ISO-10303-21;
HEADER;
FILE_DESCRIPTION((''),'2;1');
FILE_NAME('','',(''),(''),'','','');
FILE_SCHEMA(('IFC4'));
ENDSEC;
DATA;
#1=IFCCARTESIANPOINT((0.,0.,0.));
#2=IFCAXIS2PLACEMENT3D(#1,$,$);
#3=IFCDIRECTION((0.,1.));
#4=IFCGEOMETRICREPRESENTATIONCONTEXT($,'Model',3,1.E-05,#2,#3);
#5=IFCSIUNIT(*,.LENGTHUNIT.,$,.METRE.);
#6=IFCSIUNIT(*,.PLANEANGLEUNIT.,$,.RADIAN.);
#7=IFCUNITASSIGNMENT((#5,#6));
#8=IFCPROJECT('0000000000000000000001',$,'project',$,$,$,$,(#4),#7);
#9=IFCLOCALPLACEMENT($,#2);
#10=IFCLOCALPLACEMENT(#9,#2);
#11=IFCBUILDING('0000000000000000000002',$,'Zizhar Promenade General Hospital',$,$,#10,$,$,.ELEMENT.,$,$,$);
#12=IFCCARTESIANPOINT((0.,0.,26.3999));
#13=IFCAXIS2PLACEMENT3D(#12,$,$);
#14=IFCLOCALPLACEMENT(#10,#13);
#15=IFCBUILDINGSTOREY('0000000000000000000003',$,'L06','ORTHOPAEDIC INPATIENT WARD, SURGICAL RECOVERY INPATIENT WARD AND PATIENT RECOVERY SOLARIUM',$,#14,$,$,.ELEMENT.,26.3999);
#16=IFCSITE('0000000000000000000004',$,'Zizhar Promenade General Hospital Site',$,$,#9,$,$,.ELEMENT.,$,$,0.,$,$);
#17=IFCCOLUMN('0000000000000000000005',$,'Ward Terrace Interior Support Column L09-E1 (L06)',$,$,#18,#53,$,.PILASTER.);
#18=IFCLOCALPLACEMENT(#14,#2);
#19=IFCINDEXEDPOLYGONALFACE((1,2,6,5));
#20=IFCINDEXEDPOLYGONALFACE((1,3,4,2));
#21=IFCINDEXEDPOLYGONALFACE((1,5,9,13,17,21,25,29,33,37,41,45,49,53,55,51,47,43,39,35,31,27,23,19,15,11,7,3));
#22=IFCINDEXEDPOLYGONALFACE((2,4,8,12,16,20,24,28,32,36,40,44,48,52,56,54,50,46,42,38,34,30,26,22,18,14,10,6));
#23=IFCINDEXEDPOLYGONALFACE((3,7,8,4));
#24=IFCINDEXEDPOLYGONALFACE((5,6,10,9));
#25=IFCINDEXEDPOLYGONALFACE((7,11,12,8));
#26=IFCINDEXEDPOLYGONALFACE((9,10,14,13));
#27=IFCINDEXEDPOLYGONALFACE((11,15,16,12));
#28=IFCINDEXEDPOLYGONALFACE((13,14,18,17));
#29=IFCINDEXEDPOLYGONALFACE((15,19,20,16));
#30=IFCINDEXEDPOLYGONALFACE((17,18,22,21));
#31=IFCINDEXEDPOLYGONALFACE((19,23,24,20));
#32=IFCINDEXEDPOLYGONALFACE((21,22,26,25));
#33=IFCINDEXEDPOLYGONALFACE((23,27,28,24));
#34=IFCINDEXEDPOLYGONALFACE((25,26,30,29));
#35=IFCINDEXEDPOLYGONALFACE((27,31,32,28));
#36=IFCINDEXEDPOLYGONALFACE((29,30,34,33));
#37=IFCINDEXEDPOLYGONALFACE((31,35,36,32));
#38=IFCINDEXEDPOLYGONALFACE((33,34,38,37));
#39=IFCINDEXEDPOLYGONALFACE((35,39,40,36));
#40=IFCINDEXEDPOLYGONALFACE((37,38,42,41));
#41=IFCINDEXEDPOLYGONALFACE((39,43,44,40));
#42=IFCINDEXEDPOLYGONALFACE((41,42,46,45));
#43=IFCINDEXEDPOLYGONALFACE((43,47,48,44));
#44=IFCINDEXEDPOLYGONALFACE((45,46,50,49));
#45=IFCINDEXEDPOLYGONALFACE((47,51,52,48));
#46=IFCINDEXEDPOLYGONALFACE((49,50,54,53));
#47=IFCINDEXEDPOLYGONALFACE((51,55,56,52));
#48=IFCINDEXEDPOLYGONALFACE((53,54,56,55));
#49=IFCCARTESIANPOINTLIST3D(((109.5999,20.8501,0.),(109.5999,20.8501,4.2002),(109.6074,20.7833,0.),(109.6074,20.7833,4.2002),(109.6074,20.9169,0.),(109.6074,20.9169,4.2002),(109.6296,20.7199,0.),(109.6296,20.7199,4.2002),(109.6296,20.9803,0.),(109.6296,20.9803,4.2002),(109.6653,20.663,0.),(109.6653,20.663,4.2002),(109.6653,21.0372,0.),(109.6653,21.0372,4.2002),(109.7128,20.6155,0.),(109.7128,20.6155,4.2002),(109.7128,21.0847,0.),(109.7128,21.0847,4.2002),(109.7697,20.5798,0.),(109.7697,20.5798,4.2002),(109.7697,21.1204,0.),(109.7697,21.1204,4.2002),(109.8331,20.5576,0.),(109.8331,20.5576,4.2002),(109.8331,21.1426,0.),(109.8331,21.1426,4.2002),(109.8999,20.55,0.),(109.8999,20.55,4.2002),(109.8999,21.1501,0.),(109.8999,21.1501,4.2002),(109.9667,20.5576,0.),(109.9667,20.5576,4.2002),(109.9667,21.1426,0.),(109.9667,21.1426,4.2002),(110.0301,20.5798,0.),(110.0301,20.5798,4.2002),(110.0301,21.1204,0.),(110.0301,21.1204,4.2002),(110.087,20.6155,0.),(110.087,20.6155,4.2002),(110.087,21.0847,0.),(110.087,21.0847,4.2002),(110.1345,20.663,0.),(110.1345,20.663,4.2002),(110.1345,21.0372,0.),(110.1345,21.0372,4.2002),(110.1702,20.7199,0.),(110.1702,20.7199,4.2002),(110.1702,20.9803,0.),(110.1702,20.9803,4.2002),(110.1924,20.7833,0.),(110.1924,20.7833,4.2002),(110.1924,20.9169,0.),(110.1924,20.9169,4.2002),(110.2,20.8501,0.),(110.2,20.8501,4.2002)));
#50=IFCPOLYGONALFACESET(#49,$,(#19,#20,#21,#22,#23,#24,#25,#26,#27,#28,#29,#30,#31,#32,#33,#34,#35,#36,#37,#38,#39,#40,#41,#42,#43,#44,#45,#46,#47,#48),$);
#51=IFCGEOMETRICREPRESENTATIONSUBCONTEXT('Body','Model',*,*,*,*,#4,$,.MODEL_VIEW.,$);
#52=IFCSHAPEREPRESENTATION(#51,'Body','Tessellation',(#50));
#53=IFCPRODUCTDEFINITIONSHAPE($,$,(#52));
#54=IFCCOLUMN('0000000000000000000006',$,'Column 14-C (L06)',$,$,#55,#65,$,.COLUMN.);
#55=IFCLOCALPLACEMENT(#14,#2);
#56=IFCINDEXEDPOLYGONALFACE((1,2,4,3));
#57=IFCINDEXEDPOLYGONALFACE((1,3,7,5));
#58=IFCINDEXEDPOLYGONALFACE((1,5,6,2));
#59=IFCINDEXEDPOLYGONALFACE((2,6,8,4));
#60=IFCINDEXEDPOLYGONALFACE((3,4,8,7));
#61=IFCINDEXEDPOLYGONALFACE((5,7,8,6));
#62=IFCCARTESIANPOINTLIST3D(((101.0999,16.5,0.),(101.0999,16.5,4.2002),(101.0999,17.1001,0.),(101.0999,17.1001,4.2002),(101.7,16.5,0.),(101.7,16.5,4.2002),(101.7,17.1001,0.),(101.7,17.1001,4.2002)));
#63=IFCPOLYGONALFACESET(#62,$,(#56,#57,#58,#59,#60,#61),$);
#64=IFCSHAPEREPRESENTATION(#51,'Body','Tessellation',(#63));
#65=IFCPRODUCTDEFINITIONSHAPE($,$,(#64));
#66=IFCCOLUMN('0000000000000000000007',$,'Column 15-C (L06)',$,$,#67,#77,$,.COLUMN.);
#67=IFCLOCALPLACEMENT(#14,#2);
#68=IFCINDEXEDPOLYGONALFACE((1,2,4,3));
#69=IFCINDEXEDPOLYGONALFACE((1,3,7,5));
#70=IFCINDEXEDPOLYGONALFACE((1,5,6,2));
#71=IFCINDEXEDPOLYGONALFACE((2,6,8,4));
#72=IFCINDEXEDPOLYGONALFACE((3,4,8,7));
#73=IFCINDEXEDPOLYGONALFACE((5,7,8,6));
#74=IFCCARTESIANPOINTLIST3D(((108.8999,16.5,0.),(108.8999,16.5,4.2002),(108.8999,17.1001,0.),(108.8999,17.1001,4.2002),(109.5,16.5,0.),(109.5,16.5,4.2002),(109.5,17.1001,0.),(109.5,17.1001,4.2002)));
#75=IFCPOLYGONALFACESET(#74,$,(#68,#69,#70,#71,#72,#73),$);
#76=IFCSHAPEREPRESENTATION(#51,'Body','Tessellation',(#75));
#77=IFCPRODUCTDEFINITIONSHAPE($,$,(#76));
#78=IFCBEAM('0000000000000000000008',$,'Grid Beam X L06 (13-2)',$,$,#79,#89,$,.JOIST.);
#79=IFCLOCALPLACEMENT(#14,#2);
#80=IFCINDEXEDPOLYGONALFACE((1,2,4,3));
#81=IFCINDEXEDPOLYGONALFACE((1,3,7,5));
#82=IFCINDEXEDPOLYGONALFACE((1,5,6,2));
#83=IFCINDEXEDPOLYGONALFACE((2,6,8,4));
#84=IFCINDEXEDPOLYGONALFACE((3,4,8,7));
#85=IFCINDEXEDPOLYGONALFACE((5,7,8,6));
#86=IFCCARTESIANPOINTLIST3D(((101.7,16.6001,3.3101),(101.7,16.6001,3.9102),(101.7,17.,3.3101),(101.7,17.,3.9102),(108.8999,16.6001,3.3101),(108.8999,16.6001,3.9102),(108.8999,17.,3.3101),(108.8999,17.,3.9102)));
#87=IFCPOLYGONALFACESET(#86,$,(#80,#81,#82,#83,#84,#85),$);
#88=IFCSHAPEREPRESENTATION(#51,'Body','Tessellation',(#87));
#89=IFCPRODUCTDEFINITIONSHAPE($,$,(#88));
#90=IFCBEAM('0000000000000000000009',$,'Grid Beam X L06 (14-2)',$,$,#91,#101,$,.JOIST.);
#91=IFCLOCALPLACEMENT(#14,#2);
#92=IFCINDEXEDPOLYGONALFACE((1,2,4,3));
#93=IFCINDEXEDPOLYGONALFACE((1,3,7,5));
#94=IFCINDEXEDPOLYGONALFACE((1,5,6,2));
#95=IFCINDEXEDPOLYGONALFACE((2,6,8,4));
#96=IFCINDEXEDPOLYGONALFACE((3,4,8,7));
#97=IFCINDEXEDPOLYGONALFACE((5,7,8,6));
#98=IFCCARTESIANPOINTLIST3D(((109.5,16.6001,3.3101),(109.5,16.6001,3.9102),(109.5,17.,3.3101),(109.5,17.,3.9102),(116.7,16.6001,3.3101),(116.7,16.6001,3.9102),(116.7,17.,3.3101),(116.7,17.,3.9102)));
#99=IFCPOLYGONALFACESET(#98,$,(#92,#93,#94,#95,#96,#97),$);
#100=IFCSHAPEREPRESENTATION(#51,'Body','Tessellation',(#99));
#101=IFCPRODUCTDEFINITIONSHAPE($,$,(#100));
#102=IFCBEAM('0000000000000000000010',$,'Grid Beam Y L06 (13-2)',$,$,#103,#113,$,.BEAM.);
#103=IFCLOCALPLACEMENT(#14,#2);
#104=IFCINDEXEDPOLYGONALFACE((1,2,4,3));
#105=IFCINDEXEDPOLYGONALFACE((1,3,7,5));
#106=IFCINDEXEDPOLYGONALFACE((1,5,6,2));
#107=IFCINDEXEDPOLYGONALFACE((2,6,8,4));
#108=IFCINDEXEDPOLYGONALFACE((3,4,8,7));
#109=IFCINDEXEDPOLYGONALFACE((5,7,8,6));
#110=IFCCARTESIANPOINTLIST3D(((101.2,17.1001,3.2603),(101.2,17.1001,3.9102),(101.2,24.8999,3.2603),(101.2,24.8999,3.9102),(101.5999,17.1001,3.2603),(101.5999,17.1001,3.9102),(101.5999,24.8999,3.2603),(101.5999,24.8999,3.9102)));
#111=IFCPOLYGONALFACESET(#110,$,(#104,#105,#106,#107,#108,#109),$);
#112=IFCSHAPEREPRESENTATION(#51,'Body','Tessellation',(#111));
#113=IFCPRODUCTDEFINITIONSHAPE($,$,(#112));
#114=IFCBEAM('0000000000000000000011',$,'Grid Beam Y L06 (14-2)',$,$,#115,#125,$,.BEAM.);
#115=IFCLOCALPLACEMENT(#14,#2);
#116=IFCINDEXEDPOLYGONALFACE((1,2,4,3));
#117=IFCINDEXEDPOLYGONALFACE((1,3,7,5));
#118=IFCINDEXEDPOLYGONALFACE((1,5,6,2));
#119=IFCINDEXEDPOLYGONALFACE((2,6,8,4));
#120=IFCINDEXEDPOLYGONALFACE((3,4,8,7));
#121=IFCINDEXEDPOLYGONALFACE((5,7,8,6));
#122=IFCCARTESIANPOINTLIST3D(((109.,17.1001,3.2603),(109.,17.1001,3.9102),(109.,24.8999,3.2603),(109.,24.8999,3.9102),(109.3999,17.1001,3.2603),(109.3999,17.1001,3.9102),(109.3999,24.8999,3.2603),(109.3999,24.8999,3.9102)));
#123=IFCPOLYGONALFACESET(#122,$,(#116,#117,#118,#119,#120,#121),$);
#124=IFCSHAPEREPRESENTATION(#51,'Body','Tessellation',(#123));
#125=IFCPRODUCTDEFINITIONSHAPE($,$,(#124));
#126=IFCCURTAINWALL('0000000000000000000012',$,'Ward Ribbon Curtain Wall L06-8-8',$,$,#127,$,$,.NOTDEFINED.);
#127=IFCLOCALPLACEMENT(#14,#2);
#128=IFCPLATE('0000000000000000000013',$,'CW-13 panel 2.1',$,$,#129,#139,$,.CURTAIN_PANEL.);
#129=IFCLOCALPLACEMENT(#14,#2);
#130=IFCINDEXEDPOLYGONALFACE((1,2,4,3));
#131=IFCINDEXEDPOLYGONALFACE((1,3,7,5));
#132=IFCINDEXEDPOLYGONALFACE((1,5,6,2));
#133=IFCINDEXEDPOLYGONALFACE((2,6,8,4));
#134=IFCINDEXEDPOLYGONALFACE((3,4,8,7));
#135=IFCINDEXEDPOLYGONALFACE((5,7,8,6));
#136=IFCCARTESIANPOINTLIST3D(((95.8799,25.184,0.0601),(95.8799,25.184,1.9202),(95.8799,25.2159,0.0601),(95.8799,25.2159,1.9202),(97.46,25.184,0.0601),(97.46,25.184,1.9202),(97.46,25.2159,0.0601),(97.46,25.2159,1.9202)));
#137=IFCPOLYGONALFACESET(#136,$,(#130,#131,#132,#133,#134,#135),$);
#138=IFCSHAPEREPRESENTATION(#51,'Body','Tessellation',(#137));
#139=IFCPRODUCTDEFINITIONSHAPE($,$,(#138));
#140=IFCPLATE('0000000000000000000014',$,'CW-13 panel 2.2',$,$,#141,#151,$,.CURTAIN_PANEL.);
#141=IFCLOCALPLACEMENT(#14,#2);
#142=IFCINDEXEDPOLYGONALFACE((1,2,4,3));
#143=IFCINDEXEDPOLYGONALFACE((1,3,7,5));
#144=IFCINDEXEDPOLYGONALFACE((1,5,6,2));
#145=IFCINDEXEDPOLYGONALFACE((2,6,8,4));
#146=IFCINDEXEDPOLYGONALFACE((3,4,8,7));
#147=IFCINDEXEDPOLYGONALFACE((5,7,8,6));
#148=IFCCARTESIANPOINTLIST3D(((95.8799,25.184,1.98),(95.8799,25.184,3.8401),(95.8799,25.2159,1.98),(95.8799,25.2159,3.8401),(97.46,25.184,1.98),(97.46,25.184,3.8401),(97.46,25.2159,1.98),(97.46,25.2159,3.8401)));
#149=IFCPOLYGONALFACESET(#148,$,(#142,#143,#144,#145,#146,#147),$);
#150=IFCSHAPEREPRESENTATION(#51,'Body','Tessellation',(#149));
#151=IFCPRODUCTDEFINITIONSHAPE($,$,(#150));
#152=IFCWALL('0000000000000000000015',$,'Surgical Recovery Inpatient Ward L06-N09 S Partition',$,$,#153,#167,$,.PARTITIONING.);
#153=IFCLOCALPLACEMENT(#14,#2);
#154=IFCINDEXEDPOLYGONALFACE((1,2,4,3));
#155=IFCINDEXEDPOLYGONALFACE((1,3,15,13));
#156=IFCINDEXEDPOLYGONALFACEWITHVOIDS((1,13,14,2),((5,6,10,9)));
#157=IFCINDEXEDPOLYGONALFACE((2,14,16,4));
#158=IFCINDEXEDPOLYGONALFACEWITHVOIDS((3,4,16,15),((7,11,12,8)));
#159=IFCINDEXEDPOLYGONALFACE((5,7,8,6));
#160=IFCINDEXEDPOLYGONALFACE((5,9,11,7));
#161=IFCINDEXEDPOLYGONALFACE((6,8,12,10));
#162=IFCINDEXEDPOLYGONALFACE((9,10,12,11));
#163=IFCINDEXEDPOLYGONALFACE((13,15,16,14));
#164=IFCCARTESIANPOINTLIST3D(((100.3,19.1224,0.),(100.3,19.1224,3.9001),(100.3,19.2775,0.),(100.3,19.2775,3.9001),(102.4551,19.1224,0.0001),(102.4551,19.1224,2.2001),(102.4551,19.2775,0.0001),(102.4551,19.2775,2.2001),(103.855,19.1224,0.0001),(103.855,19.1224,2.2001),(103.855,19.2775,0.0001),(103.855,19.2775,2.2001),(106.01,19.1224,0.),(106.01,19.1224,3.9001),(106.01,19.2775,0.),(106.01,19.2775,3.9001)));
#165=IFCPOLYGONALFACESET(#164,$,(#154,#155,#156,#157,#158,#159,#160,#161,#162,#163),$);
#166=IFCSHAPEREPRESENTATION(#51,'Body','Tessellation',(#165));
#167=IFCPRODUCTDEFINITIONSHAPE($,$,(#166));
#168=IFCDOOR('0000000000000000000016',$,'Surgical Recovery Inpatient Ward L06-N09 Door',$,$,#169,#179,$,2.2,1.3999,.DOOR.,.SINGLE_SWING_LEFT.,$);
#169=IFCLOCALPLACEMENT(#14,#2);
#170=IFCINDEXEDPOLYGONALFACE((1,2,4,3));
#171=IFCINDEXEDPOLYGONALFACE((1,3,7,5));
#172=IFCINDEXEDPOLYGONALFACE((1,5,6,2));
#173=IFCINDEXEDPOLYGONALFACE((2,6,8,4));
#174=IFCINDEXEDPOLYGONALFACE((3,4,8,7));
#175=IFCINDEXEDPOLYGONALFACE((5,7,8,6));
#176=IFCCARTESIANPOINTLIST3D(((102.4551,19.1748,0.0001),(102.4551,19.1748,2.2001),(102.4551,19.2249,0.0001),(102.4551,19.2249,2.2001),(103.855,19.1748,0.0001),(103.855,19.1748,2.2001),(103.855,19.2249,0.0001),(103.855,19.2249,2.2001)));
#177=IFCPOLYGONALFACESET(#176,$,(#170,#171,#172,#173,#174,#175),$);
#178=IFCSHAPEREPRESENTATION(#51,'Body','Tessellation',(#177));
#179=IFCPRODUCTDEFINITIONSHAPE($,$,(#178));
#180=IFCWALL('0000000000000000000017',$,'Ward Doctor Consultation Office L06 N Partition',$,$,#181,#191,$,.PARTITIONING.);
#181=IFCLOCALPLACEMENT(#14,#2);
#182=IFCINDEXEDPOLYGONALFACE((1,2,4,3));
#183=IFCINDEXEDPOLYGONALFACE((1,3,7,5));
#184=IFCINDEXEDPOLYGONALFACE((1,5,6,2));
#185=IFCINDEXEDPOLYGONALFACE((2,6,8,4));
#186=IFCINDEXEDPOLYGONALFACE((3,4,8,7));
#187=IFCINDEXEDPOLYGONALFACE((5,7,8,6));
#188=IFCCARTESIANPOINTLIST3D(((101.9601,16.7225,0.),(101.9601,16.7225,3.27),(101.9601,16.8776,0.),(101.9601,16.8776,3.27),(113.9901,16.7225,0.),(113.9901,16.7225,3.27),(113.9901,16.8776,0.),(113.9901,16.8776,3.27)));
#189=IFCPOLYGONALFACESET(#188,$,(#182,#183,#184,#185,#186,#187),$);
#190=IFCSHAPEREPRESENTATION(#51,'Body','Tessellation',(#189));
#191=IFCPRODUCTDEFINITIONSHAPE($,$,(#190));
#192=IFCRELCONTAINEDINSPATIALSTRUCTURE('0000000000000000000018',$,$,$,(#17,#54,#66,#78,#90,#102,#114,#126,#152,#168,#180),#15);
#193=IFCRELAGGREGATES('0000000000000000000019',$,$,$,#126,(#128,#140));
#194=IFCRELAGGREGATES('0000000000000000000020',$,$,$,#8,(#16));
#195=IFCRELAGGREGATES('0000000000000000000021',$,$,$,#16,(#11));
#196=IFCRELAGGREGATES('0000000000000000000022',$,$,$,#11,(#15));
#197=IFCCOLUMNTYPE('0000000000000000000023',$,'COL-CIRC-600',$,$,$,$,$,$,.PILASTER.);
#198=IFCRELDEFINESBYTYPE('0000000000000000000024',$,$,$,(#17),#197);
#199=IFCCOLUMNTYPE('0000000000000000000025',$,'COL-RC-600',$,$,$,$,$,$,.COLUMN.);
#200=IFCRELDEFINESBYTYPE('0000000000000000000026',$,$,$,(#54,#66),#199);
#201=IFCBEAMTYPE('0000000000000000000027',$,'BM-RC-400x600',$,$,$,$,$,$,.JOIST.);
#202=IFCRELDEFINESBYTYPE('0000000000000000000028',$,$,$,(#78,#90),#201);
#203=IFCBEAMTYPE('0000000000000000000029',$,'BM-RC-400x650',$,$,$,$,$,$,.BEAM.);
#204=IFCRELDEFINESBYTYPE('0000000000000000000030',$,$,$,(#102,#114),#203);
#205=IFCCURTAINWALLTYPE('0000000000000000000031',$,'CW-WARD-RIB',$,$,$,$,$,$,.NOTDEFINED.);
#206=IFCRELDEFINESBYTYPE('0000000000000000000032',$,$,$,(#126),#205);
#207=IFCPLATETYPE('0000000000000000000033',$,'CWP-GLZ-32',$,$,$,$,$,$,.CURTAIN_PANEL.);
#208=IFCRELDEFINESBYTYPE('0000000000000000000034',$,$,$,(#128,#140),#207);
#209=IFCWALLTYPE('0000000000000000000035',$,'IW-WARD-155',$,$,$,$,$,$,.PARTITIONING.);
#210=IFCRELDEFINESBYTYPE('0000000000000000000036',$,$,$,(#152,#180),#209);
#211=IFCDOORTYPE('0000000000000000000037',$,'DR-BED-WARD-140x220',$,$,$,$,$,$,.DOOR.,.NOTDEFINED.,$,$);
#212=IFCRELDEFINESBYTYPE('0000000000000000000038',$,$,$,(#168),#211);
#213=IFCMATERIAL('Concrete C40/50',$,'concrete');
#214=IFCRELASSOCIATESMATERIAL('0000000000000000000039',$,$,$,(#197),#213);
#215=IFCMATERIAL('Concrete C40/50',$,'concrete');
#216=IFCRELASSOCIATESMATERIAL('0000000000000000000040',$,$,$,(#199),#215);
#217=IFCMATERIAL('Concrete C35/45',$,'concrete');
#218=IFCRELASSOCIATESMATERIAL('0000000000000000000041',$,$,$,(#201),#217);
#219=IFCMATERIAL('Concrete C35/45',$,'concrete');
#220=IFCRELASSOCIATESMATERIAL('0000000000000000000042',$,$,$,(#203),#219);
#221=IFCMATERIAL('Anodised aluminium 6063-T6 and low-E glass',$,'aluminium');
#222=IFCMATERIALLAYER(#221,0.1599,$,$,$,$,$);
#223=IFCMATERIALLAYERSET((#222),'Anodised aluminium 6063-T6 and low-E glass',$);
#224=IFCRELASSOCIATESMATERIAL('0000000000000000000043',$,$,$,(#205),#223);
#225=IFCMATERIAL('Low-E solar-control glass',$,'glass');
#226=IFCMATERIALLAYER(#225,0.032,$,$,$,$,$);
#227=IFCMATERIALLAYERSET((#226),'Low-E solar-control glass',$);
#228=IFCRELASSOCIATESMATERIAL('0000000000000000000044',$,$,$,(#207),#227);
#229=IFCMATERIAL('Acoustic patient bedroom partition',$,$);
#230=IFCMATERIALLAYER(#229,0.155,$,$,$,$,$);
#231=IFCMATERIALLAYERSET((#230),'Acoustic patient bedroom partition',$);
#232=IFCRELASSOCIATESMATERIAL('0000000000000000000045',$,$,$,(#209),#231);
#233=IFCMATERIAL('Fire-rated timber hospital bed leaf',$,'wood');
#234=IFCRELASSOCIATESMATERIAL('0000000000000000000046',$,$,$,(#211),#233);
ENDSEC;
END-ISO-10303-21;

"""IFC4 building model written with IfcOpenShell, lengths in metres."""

from ifc_helpers import new_model, si_unit, direction, frame, frame_2d, origin, origin_2d, place, context, subcontext, project, spatial, rectangle, circle, extrude, material, layer, layer_set, material_profile, profile_set, type_object, element, fill, aggregate, save


model = new_model("IFC4")

# Units and contexts
model_context = context("Model", 3, precision=1e-05, world=origin(), true_north=direction((0.0, 1.0)))
body_context = subcontext(model_context, "Body", "Model", "MODEL_VIEW")
ifc_project = project(units=[si_unit("LENGTHUNIT", "METRE"), si_unit("PLANEANGLEUNIT", "RADIAN")], contexts=[model_context])

# Site, building, storey
site_placement = place(None, origin())
site = spatial("IfcSite", under=ifc_project, at=site_placement, Name="Zizhar Promenade General Hospital Site", CompositionType="ELEMENT", RefElevation=0.0)
building_placement = place(site_placement, origin())
building = spatial("IfcBuilding", under=site, at=building_placement, Name="Zizhar Promenade General Hospital", CompositionType="ELEMENT")
storey_placement = place(building_placement, frame((0.0, 0.0, 26.3999)))
storey = spatial("IfcBuildingStorey", under=building, at=storey_placement, Name="L06", Description="ORTHOPAEDIC INPATIENT WARD, SURGICAL RECOVERY INPATIENT WARD AND PATIENT RECOVERY SOLARIUM", CompositionType="ELEMENT", Elevation=26.3999)

# Columns
ifc_material_1 = material(Name="Concrete C40/50", Category="concrete")
ifc_material_profile_1 = material_profile(ifc_material_1, circle(Radius=0.3, at=origin_2d()))
ifc_profile_set_1 = profile_set([ifc_material_profile_1], Name="Concrete C40/50")
column_type_1 = type_object("IfcColumnType", Name="COL-CIRC-600", PredefinedType="PILASTER", material=ifc_profile_set_1)
column_placement = place(storey_placement, frame((109.8999, 20.8501, 0.0), z_axis=(0.0, 0.0, 1.0), x_axis=(1.0, 0.0, 0.0)))
element("IfcColumn", 1, at=column_placement, inside=storey, type_object=column_type_1, Name="Ward Terrace Interior Support Column L09-E1 (L06)", PredefinedType="PILASTER", context=body_context, shape_type="SweptSolid", body=[
    extrude(circle(Radius=0.3, at=origin_2d()), origin(), (0.0, 0.0, 1.0), 4.2002),
])
ifc_material_2 = material(Name="Concrete C40/50", Category="concrete")
ifc_material_profile_2 = material_profile(ifc_material_2, rectangle(XDim=0.6001, YDim=0.6001, at=origin_2d()))
ifc_profile_set_2 = profile_set([ifc_material_profile_2], Name="Concrete C40/50")
column_type_2 = type_object("IfcColumnType", Name="COL-RC-600", PredefinedType="COLUMN", material=ifc_profile_set_2)
for number, where, z_axis, x_axis, name in (
    (2, (101.3999, 16.8, 0.0), (0.0, 0.0, 1.0), (1.0, 0.0, 0.0), "Column 14-C (L06)"),
    (3, (109.2, 16.8, 0.0), (0.0, 0.0, 1.0), (1.0, 0.0, 0.0), "Column 15-C (L06)"),
):
    element("IfcColumn", number, at=place(storey_placement, frame(where, z_axis=z_axis, x_axis=x_axis)), inside=storey, type_object=column_type_2, Name=name, PredefinedType="COLUMN", context=body_context, shape_type="SweptSolid", body=[
        extrude(rectangle(XDim=0.6001, YDim=0.6001, at=origin_2d()), origin(), (0.0, 0.0, 1.0), 4.2002),
    ])

# Beams
ifc_material_3 = material(Name="Concrete C35/45", Category="concrete")
ifc_material_profile_3 = material_profile(ifc_material_3, rectangle(XDim=0.3999, YDim=0.6001, at=origin_2d()))
ifc_profile_set_3 = profile_set([ifc_material_profile_3], Name="Concrete C35/45")
beam_type_1 = type_object("IfcBeamType", Name="BM-RC-400x600", PredefinedType="JOIST", material=ifc_profile_set_3)
for number, where, z_axis, x_axis, name in (
    (4, (101.7, 16.8, 3.6101), (1.0, 0.0, 0.0), (0.0, 1.0, 0.0), "Grid Beam X L06 (13-2)"),
    (5, (109.5, 16.8, 3.6101), (1.0, 0.0, 0.0), (0.0, 1.0, 0.0), "Grid Beam X L06 (14-2)"),
):
    element("IfcBeam", number, at=place(storey_placement, frame(where, z_axis=z_axis, x_axis=x_axis)), inside=storey, type_object=beam_type_1, Name=name, PredefinedType="JOIST", context=body_context, shape_type="SweptSolid", body=[
        extrude(rectangle(XDim=0.3999, YDim=0.6001, at=origin_2d()), origin(), (0.0, 0.0, 1.0), 7.2),
    ])
ifc_material_4 = material(Name="Concrete C35/45", Category="concrete")
ifc_material_profile_4 = material_profile(ifc_material_4, rectangle(XDim=0.3999, YDim=0.6499, at=origin_2d()))
ifc_profile_set_4 = profile_set([ifc_material_profile_4], Name="Concrete C35/45")
beam_type_2 = type_object("IfcBeamType", Name="BM-RC-400x650", PredefinedType="BEAM", material=ifc_profile_set_4)
for number, where, z_axis, x_axis, name in (
    (6, (101.3999, 17.1001, 3.5852), (0.0, 1.0, 0.0), (-1.0, 0.0, 0.0), "Grid Beam Y L06 (13-2)"),
    (7, (109.2, 17.1001, 3.5852), (0.0, 1.0, 0.0), (-1.0, 0.0, 0.0), "Grid Beam Y L06 (14-2)"),
):
    element("IfcBeam", number, at=place(storey_placement, frame(where, z_axis=z_axis, x_axis=x_axis)), inside=storey, type_object=beam_type_2, Name=name, PredefinedType="BEAM", context=body_context, shape_type="SweptSolid", body=[
        extrude(rectangle(XDim=0.3999, YDim=0.6499, at=origin_2d()), origin(), (0.0, 0.0, 1.0), 7.7998),
    ])

# Curtain wall, plates
ifc_material_5 = material(Name="Anodised aluminium 6063-T6 and low-E glass", Category="aluminium")
ifc_layer_1 = layer(ifc_material_5, 0.1599)
ifc_layer_set_1 = layer_set([ifc_layer_1], Name="Anodised aluminium 6063-T6 and low-E glass")
curtain_wall_type = type_object("IfcCurtainWallType", Name="CW-WARD-RIB", PredefinedType="NOTDEFINED", material=ifc_layer_set_1)
curtain_wall_placement = place(storey_placement, origin())
curtain_wall = element("IfcCurtainWall", 8, at=curtain_wall_placement, inside=storey, type_object=curtain_wall_type, Name="Ward Ribbon Curtain Wall L06-8-8", PredefinedType="NOTDEFINED")
ifc_material_6 = material(Name="Low-E solar-control glass", Category="glass")
ifc_layer_2 = layer(ifc_material_6, 0.032)
ifc_layer_set_2 = layer_set([ifc_layer_2], Name="Low-E solar-control glass")
plate_type = type_object("IfcPlateType", Name="CWP-GLZ-32", PredefinedType="CURTAIN_PANEL", material=ifc_layer_set_2)
plate_1_placement = place(storey_placement, frame((96.6699, 25.2, 0.0601), z_axis=(0.0, 0.0, 1.0), x_axis=(1.0, 0.0, 0.0)))
plate_1 = element("IfcPlate", 9, at=plate_1_placement, type_object=plate_type, Name="CW-13 panel 2.1", PredefinedType="CURTAIN_PANEL", context=body_context, shape_type="SweptSolid", body=[
    extrude(rectangle(XDim=1.5801, YDim=0.032, at=origin_2d()), origin(), (0.0, 0.0, 1.0), 1.8601),
])
plate_2_placement = place(storey_placement, frame((96.6699, 25.2, 1.98), z_axis=(0.0, 0.0, 1.0), x_axis=(1.0, 0.0, 0.0)))
plate_2 = element("IfcPlate", 10, at=plate_2_placement, type_object=plate_type, Name="CW-13 panel 2.2", PredefinedType="CURTAIN_PANEL", context=body_context, shape_type="SweptSolid", body=[
    extrude(rectangle(XDim=1.5801, YDim=0.032, at=origin_2d()), origin(), (0.0, 0.0, 1.0), 1.8601),
])
aggregate(curtain_wall, [plate_1, plate_2])

# Wall, opening, door
ifc_material_7 = material(Name="Acoustic patient bedroom partition")
ifc_layer_3 = layer(ifc_material_7, 0.155)
ifc_layer_set_3 = layer_set([ifc_layer_3], Name="Acoustic patient bedroom partition")
wall_type_1 = type_object("IfcWallType", Name="IW-WARD-155", PredefinedType="PARTITIONING", material=ifc_layer_set_3)
wall_1_placement = place(storey_placement, frame((100.3, 19.2, 0.0), z_axis=(0.0, 0.0, 1.0), x_axis=(1.0, 0.0, 0.0)))
wall_1 = element("IfcWall", 11, at=wall_1_placement, inside=storey, type_object=wall_type_1, Name="Surgical Recovery Inpatient Ward L06-N09 S Partition", PredefinedType="PARTITIONING", context=body_context, shape_type="SweptSolid", body=[
    extrude(rectangle(XDim=5.71, YDim=0.155, at=frame_2d((2.855, 0.0))), origin(), (0.0, 0.0, 1.0), 3.9001),
])
opening_1_placement = place(wall_1_placement, frame((2.155, 0.0, 0.0)))
opening_1 = element("IfcOpeningElement", 12, at=opening_1_placement, cuts=wall_1, PredefinedType="OPENING", context=body_context, shape_type="SweptSolid", body=[
    extrude(rectangle(XDim=1.3999, YDim=2.2, at=frame_2d((0.7, 1.1001))), frame((0.0, 0.0874, 0.0), z_axis=(0.0, -1.0, 0.0), x_axis=(1.0, 0.0, 0.0)), (0.0, 0.0, 1.0), 0.175),
])
ifc_material_8 = material(Name="Fire-rated timber hospital bed leaf", Category="wood")
door_type_1 = type_object("IfcDoorType", Name="DR-BED-WARD-140x220", OperationType="NOTDEFINED", PredefinedType="DOOR", material=ifc_material_8)
door_1_placement = place(opening_1_placement, origin())
door_1 = element("IfcDoor", 13, at=door_1_placement, inside=storey, type_object=door_type_1, Name="Surgical Recovery Inpatient Ward L06-N09 Door", OperationType="SINGLE_SWING_LEFT", OverallHeight=2.2, OverallWidth=1.3999, PredefinedType="DOOR", context=body_context, shape_type="SweptSolid", body=[
    extrude(rectangle(XDim=1.3999, YDim=2.2, at=frame_2d((0.7, 1.1001))), frame((0.0, 0.0249, 0.0), z_axis=(0.0, -1.0, 0.0), x_axis=(1.0, 0.0, 0.0)), (0.0, 0.0, 1.0), 0.05),
])
fill(opening_1, door_1)

# Wall
wall_2_placement = place(storey_placement, frame((101.96, 16.8, 0.0), z_axis=(0.0, 0.0, 1.0), x_axis=(1.0, 0.0, 0.0)))
element("IfcWall", 14, at=wall_2_placement, inside=storey, type_object=wall_type_1, Name="Ward Doctor Consultation Office L06 N Partition", PredefinedType="PARTITIONING", context=body_context, shape_type="SweptSolid", body=[
    extrude(rectangle(XDim=12.03, YDim=0.155, at=frame_2d((6.0151, 0.0))), origin(), (0.0, 0.0, 1.0), 3.27),
])

save(model, "model.ifc")
